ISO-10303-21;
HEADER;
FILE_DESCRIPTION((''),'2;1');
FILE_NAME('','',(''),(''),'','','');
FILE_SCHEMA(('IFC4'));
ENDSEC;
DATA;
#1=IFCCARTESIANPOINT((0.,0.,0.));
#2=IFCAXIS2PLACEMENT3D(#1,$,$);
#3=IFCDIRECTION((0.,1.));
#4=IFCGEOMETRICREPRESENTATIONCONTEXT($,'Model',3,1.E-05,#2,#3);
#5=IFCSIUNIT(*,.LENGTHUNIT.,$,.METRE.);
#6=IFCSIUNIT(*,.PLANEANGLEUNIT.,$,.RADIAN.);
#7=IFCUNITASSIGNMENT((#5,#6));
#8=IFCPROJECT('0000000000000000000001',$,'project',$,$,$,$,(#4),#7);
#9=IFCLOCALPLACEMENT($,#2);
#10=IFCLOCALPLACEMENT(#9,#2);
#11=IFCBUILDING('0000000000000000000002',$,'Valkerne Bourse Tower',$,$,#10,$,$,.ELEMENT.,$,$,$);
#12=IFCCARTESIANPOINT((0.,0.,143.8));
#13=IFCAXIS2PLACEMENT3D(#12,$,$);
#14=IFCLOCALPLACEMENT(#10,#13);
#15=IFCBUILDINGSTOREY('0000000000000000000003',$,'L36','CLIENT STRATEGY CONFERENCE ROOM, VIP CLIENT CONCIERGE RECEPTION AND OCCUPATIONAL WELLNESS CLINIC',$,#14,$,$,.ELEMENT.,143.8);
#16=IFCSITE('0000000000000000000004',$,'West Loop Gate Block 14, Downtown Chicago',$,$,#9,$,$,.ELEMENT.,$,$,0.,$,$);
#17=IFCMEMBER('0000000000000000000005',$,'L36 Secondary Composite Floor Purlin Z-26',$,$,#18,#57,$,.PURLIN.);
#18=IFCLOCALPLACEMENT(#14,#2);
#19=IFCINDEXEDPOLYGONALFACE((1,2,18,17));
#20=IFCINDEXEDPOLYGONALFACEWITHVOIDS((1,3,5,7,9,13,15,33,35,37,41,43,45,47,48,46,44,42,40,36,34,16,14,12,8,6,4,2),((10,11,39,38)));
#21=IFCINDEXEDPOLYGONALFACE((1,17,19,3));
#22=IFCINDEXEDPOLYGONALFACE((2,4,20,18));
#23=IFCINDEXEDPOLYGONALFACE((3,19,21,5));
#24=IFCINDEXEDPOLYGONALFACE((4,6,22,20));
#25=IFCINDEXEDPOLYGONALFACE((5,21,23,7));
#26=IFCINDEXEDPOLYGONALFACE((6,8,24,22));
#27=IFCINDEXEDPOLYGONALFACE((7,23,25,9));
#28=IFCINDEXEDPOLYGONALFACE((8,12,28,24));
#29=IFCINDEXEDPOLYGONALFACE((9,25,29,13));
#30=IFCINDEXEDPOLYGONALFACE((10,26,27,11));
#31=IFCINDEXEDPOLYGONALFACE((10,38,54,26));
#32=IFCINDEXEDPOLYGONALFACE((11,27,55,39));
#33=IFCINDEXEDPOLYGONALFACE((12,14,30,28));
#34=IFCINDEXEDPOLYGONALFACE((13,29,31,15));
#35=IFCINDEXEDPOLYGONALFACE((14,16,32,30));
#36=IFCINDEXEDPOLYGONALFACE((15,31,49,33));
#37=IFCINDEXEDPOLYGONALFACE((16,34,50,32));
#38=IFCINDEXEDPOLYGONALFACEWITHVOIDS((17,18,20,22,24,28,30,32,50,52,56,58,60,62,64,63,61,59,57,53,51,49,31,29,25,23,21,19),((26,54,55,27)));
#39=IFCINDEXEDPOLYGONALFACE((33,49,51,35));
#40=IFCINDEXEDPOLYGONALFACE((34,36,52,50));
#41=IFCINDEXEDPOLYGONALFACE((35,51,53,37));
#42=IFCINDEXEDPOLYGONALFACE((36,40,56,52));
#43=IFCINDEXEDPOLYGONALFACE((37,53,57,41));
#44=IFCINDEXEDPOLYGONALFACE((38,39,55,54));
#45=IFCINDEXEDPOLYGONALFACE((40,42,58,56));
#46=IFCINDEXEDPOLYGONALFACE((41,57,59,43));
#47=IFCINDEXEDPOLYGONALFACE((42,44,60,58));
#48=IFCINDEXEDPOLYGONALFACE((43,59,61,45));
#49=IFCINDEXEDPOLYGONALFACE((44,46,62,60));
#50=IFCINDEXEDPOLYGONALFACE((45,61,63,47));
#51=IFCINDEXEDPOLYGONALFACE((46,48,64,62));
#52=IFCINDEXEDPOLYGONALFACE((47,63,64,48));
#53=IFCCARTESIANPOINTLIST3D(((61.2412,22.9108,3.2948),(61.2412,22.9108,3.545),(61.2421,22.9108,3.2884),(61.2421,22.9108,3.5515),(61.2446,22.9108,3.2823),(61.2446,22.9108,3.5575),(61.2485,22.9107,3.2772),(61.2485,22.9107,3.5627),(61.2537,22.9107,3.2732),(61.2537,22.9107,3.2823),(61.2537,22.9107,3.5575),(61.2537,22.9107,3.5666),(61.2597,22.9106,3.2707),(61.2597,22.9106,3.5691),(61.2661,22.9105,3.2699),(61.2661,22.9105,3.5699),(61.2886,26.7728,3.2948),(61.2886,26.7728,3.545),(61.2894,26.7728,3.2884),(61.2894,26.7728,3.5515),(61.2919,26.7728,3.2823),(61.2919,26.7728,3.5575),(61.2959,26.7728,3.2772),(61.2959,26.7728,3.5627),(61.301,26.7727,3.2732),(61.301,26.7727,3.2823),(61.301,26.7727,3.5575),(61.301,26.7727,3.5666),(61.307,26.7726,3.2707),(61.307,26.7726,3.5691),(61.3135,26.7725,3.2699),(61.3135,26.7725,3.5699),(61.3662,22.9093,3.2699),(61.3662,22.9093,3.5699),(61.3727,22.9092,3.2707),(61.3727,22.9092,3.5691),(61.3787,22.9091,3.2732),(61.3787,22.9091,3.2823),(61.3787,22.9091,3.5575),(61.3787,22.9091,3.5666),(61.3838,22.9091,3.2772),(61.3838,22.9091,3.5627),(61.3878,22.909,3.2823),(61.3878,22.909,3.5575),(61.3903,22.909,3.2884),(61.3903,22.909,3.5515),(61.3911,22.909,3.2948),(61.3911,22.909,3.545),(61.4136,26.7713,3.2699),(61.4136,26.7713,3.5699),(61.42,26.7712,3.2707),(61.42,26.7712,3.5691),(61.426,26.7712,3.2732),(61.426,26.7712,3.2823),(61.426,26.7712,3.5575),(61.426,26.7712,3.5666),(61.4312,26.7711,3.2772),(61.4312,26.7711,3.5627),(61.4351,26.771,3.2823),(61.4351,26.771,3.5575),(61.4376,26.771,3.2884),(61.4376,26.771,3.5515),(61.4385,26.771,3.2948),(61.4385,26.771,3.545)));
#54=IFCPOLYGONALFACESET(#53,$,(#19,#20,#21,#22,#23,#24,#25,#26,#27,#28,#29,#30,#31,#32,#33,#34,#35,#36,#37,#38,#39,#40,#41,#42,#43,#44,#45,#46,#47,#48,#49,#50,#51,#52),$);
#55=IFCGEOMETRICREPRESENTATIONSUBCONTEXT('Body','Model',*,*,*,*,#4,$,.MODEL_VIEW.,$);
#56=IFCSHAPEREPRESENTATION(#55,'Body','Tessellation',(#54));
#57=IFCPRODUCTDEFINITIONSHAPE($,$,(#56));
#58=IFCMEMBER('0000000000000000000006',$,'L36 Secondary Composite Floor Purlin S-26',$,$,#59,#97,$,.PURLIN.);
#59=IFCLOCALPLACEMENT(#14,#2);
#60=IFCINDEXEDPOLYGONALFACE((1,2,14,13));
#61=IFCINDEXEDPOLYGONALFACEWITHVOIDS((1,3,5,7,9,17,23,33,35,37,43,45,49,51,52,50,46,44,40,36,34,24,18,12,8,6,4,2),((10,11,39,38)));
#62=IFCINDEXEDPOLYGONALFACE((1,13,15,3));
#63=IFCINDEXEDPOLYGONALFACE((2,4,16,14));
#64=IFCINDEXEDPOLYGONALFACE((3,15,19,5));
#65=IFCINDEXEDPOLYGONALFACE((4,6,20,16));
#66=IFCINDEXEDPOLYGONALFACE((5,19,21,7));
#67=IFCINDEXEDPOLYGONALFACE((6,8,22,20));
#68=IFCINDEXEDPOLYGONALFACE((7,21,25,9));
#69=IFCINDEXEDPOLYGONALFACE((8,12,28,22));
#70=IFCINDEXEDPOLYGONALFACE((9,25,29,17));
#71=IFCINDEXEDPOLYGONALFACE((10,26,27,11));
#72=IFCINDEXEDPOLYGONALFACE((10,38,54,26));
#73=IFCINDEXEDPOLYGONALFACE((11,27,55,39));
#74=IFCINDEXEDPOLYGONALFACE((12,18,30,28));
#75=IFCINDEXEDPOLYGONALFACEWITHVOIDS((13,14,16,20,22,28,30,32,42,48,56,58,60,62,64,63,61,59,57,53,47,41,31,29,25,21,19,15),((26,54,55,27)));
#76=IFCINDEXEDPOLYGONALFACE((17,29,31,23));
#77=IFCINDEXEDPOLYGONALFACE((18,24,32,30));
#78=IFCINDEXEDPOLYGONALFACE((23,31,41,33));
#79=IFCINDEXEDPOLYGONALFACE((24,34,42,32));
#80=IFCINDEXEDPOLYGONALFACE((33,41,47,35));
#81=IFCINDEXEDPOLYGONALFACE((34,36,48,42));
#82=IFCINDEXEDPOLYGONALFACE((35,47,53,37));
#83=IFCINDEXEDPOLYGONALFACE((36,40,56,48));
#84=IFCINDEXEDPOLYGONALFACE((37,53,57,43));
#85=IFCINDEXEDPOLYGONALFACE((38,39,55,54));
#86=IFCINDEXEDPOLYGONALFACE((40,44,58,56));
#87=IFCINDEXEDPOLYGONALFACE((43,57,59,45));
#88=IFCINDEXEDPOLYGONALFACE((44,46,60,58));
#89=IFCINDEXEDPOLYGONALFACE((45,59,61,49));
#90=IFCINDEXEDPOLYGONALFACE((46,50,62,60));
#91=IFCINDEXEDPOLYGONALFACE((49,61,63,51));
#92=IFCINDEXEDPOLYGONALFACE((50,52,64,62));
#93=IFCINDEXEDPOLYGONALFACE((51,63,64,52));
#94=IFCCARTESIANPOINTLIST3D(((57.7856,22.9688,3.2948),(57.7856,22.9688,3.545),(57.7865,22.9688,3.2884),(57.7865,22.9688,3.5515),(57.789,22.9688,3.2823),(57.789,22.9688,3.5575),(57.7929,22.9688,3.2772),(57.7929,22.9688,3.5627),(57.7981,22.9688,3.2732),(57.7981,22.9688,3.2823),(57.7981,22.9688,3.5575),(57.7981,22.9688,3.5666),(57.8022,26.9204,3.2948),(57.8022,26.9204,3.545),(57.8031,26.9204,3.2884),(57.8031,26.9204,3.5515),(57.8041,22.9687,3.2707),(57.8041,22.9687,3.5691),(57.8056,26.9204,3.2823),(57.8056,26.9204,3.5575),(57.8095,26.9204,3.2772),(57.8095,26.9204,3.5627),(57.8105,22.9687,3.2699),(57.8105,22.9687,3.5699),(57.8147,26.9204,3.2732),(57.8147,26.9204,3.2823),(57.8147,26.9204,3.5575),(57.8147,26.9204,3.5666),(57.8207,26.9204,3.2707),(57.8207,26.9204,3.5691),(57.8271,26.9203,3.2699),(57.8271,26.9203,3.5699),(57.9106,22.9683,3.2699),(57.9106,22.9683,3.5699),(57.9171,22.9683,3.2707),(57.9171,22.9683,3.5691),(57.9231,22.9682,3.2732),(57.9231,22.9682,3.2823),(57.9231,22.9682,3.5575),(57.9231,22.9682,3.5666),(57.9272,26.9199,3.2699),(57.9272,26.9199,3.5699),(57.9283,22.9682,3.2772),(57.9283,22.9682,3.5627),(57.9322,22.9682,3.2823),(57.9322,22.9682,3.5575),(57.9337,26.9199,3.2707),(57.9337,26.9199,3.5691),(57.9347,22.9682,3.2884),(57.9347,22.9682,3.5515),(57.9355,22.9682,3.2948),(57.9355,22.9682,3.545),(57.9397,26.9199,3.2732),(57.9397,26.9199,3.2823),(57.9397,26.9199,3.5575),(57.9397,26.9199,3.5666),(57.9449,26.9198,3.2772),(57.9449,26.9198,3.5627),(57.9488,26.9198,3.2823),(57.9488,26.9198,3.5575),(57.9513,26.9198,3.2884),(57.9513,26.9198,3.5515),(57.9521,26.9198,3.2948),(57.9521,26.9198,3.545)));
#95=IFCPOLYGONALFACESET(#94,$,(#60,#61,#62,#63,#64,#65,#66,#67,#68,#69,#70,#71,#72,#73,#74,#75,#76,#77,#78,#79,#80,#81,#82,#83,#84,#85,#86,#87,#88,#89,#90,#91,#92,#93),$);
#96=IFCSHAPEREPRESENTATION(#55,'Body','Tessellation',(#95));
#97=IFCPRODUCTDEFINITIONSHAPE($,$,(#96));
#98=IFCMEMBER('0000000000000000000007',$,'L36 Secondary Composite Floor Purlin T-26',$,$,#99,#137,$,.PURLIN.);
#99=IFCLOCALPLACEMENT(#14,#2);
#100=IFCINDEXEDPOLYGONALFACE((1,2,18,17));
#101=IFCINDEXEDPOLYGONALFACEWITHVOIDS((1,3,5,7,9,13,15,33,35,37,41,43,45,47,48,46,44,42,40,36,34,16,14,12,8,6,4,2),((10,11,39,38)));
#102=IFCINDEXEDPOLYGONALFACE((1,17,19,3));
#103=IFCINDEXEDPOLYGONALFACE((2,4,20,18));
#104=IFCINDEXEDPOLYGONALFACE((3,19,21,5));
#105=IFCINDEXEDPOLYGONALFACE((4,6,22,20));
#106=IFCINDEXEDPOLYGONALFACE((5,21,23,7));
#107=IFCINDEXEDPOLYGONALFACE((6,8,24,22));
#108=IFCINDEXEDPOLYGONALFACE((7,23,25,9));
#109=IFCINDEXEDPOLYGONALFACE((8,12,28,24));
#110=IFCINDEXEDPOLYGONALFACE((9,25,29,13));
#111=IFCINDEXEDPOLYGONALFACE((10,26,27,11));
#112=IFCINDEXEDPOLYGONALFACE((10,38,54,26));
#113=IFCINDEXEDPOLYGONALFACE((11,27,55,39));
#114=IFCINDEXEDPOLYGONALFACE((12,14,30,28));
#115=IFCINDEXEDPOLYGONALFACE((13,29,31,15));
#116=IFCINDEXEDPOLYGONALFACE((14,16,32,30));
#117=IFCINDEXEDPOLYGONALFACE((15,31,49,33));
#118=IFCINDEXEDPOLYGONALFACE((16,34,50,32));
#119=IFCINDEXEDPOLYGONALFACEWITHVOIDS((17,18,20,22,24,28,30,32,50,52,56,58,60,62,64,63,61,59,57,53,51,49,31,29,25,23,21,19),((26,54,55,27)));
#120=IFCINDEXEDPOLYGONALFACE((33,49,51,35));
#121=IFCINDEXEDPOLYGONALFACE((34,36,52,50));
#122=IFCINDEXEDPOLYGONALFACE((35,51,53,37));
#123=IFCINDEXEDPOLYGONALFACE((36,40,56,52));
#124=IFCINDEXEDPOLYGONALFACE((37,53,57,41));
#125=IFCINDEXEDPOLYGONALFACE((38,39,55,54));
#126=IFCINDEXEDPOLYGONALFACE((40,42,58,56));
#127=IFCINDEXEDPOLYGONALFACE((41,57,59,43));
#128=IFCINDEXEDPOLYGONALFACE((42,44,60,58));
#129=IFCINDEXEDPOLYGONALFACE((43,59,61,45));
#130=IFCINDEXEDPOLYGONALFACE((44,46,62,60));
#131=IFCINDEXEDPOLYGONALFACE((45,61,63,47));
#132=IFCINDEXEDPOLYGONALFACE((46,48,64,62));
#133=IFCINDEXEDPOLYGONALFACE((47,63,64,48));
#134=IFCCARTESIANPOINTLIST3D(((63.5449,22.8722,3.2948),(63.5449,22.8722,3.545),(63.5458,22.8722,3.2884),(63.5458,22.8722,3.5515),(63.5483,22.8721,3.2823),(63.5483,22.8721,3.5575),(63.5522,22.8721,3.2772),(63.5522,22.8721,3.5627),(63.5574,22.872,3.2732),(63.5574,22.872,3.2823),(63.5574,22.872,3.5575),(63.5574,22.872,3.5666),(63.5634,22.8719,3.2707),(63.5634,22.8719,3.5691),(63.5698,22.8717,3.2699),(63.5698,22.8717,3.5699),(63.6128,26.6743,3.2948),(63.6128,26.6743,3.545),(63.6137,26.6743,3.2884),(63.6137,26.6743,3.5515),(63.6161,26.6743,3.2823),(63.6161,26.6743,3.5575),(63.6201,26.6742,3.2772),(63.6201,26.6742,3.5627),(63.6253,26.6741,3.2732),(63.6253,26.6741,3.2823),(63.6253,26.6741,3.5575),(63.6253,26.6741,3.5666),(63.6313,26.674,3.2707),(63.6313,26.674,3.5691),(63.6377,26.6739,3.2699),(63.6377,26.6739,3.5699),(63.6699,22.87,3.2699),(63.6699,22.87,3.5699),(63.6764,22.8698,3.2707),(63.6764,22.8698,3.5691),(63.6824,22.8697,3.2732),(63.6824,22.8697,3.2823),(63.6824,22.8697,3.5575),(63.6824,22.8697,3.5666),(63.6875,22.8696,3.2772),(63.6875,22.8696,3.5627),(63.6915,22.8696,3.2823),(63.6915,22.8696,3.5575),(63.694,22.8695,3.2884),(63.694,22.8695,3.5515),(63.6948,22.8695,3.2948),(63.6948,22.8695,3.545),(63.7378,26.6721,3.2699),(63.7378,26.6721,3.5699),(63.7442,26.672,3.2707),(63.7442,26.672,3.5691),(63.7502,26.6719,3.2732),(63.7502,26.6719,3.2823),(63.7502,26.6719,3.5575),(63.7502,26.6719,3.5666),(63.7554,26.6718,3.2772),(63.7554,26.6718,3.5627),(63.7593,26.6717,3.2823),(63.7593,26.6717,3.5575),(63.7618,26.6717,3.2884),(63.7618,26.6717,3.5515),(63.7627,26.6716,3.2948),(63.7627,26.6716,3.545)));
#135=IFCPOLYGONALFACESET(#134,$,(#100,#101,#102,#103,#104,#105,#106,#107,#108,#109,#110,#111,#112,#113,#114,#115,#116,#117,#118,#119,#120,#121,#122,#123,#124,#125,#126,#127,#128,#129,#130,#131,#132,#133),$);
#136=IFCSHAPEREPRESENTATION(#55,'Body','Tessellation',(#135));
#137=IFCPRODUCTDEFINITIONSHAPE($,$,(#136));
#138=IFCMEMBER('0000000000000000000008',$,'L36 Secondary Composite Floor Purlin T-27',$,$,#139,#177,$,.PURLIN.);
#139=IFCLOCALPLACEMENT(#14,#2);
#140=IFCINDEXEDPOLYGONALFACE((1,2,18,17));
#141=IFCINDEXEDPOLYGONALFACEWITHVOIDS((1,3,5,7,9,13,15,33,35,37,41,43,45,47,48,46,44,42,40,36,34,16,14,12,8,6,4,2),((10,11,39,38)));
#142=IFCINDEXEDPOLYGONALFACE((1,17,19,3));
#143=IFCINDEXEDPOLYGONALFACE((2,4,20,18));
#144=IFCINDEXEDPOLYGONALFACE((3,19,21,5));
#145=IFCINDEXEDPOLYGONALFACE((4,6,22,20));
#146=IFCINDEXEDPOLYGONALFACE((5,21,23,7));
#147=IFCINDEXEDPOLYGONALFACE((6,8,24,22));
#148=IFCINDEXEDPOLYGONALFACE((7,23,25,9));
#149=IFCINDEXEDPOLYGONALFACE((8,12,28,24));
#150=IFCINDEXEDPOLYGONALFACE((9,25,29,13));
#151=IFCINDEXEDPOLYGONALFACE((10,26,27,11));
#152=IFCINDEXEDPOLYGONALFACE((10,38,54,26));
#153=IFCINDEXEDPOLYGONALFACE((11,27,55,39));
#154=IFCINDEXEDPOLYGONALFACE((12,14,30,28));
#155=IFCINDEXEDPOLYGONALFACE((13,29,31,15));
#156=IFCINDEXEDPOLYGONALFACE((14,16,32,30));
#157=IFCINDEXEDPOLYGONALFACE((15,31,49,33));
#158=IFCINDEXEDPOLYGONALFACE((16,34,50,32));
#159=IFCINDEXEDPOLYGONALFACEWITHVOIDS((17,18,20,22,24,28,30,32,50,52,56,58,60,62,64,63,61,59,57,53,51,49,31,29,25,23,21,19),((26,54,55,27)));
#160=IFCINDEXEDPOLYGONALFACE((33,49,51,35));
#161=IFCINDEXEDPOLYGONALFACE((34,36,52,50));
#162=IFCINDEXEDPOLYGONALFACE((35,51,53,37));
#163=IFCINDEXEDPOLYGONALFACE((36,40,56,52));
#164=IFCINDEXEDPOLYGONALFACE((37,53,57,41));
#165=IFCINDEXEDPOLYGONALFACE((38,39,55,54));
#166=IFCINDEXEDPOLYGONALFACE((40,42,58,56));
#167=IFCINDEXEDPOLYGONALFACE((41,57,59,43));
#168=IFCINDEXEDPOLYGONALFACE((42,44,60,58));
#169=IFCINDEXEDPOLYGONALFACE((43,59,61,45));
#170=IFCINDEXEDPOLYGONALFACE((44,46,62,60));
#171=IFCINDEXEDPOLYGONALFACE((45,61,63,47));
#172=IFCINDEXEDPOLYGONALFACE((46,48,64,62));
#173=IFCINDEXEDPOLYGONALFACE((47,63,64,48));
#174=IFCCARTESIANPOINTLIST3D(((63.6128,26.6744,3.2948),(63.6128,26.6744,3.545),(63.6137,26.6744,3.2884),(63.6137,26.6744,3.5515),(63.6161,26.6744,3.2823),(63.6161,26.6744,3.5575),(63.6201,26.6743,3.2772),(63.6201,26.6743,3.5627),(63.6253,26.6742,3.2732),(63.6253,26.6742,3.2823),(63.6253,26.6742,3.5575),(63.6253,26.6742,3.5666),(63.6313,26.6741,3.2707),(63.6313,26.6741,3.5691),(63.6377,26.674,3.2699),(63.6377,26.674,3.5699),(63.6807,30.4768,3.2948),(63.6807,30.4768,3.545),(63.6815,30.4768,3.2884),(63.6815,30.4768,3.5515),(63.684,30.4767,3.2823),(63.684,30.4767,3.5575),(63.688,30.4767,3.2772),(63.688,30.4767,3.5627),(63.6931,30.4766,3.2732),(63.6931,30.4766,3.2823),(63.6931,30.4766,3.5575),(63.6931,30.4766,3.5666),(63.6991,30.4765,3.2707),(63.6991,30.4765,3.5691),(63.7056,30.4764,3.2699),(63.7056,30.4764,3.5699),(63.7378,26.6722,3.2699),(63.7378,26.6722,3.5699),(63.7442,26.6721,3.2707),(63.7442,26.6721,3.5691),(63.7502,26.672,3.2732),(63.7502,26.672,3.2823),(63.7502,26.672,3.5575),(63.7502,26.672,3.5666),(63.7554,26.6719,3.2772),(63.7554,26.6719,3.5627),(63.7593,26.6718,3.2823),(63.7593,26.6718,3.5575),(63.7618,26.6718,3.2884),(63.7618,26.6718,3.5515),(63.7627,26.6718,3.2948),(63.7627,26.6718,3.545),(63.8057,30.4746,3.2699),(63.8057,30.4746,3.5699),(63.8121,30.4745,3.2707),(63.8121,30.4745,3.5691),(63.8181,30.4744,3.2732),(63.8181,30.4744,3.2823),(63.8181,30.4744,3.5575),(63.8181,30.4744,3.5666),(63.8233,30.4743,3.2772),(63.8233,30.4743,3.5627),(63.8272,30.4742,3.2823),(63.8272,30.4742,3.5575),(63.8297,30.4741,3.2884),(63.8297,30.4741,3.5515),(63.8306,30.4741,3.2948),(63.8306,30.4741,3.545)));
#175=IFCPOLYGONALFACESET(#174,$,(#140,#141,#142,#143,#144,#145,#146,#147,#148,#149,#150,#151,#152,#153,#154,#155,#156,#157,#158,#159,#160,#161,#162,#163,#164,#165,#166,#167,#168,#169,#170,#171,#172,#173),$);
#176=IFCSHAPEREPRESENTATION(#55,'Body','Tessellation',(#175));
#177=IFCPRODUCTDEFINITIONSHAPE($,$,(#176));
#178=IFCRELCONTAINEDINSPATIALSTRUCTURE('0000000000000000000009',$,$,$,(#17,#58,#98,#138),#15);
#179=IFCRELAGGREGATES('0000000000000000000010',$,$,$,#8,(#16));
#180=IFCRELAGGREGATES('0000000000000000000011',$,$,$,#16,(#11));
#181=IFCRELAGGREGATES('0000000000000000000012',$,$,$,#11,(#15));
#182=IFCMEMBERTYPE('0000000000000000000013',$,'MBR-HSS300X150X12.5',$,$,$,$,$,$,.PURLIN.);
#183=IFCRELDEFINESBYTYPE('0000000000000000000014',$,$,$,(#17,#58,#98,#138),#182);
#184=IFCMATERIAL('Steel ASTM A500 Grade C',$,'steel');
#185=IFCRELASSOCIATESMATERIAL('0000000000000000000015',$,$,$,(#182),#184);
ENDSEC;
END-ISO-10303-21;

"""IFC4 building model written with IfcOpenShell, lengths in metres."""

from ifc_helpers import new_model, si_unit, direction, frame, origin, origin_2d, place, context, subcontext, project, spatial, hollow_rectangle, extrude, material, material_profile, profile_set, type_object, element, save


model = new_model("IFC4")

# Units and contexts
model_context = context("Model", 3, precision=1e-05, world=origin(), true_north=direction((0.0, 1.0)))
body_context = subcontext(model_context, "Body", "Model", "MODEL_VIEW")
ifc_project = project(units=[si_unit("LENGTHUNIT", "METRE"), si_unit("PLANEANGLEUNIT", "RADIAN")], contexts=[model_context])

# Site, building, storey
site_placement = place(None, origin())
site = spatial("IfcSite", under=ifc_project, at=site_placement, Name="West Loop Gate Block 14, Downtown Chicago", CompositionType="ELEMENT", RefElevation=0.0)
building_placement = place(site_placement, origin())
building = spatial("IfcBuilding", under=site, at=building_placement, Name="Valkerne Bourse Tower", CompositionType="ELEMENT")
storey_placement = place(building_placement, frame((0.0, 0.0, 143.8)))
storey = spatial("IfcBuildingStorey", under=building, at=storey_placement, Name="L36", Description="CLIENT STRATEGY CONFERENCE ROOM, VIP CLIENT CONCIERGE RECEPTION AND OCCUPATIONAL WELLNESS CLINIC", CompositionType="ELEMENT", Elevation=143.8)

# Members
ifc_material_1 = material(Name="Steel ASTM A500 Grade C", Category="steel")
ifc_material_profile_1 = material_profile(ifc_material_1, hollow_rectangle(XDim=0.1499, YDim=0.3, WallThickness=0.0125, OuterFilletRadius=0.0249, at=origin_2d()), Name="HSS300X150X12.5")
ifc_profile_set_1 = profile_set([ifc_material_profile_1], Name="Steel ASTM A500 Grade C")
member_type_1 = type_object("IfcMemberType", Name="MBR-HSS300X150X12.5", PredefinedType="PURLIN", material=ifc_profile_set_1)
member_1_placement = place(storey_placement, frame((61.3162, 22.9099, 3.4199), z_axis=(0.012263, 0.999925, 0.0), x_axis=(-0.999925, 0.012263, 0.0)))
element("IfcMember", 1, at=member_1_placement, inside=storey, type_object=member_type_1, Name="L36 Secondary Composite Floor Purlin Z-26", PredefinedType="PURLIN", context=body_context, shape_type="SweptSolid", body=[
    extrude(hollow_rectangle(XDim=0.1499, YDim=0.3, WallThickness=0.0125, OuterFilletRadius=0.0249, at=origin_2d()), origin(), (0.0, 0.0, 1.0), 3.8623),
])
member_2_placement = place(storey_placement, frame((57.8606, 22.9685, 3.4199), z_axis=(0.004201, 0.999991, 0.0), x_axis=(-0.999991, 0.004201, 0.0)))
element("IfcMember", 2, at=member_2_placement, inside=storey, type_object=member_type_1, Name="L36 Secondary Composite Floor Purlin S-26", PredefinedType="PURLIN", context=body_context, shape_type="SweptSolid", body=[
    extrude(hollow_rectangle(XDim=0.1499, YDim=0.3, WallThickness=0.0125, OuterFilletRadius=0.0249, at=origin_2d()), origin(), (0.0, 0.0, 1.0), 3.9517),
])
member_3_placement = place(storey_placement, frame((63.6199, 22.8708, 3.4199), z_axis=(0.017847, 0.999841, 0.0), x_axis=(-0.999841, 0.017847, 0.0)))
element("IfcMember", 3, at=member_3_placement, inside=storey, type_object=member_type_1, Name="L36 Secondary Composite Floor Purlin T-26", PredefinedType="PURLIN", context=body_context, shape_type="SweptSolid", body=[
    extrude(hollow_rectangle(XDim=0.1499, YDim=0.3, WallThickness=0.0125, OuterFilletRadius=0.0249, at=origin_2d()), origin(), (0.0, 0.0, 1.0), 3.8027),
])
member_4_placement = place(storey_placement, frame((63.6877, 26.6731, 3.4199), z_axis=(0.017846, 0.999841, 0.0), x_axis=(-0.999841, 0.017846, 0.0)))
element("IfcMember", 4, at=member_4_placement, inside=storey, type_object=member_type_1, Name="L36 Secondary Composite Floor Purlin T-27", PredefinedType="PURLIN", context=body_context, shape_type="SweptSolid", body=[
    extrude(hollow_rectangle(XDim=0.1499, YDim=0.3, WallThickness=0.0125, OuterFilletRadius=0.0249, at=origin_2d()), origin(), (0.0, 0.0, 1.0), 3.803),
])

save(model, "model.ifc")
